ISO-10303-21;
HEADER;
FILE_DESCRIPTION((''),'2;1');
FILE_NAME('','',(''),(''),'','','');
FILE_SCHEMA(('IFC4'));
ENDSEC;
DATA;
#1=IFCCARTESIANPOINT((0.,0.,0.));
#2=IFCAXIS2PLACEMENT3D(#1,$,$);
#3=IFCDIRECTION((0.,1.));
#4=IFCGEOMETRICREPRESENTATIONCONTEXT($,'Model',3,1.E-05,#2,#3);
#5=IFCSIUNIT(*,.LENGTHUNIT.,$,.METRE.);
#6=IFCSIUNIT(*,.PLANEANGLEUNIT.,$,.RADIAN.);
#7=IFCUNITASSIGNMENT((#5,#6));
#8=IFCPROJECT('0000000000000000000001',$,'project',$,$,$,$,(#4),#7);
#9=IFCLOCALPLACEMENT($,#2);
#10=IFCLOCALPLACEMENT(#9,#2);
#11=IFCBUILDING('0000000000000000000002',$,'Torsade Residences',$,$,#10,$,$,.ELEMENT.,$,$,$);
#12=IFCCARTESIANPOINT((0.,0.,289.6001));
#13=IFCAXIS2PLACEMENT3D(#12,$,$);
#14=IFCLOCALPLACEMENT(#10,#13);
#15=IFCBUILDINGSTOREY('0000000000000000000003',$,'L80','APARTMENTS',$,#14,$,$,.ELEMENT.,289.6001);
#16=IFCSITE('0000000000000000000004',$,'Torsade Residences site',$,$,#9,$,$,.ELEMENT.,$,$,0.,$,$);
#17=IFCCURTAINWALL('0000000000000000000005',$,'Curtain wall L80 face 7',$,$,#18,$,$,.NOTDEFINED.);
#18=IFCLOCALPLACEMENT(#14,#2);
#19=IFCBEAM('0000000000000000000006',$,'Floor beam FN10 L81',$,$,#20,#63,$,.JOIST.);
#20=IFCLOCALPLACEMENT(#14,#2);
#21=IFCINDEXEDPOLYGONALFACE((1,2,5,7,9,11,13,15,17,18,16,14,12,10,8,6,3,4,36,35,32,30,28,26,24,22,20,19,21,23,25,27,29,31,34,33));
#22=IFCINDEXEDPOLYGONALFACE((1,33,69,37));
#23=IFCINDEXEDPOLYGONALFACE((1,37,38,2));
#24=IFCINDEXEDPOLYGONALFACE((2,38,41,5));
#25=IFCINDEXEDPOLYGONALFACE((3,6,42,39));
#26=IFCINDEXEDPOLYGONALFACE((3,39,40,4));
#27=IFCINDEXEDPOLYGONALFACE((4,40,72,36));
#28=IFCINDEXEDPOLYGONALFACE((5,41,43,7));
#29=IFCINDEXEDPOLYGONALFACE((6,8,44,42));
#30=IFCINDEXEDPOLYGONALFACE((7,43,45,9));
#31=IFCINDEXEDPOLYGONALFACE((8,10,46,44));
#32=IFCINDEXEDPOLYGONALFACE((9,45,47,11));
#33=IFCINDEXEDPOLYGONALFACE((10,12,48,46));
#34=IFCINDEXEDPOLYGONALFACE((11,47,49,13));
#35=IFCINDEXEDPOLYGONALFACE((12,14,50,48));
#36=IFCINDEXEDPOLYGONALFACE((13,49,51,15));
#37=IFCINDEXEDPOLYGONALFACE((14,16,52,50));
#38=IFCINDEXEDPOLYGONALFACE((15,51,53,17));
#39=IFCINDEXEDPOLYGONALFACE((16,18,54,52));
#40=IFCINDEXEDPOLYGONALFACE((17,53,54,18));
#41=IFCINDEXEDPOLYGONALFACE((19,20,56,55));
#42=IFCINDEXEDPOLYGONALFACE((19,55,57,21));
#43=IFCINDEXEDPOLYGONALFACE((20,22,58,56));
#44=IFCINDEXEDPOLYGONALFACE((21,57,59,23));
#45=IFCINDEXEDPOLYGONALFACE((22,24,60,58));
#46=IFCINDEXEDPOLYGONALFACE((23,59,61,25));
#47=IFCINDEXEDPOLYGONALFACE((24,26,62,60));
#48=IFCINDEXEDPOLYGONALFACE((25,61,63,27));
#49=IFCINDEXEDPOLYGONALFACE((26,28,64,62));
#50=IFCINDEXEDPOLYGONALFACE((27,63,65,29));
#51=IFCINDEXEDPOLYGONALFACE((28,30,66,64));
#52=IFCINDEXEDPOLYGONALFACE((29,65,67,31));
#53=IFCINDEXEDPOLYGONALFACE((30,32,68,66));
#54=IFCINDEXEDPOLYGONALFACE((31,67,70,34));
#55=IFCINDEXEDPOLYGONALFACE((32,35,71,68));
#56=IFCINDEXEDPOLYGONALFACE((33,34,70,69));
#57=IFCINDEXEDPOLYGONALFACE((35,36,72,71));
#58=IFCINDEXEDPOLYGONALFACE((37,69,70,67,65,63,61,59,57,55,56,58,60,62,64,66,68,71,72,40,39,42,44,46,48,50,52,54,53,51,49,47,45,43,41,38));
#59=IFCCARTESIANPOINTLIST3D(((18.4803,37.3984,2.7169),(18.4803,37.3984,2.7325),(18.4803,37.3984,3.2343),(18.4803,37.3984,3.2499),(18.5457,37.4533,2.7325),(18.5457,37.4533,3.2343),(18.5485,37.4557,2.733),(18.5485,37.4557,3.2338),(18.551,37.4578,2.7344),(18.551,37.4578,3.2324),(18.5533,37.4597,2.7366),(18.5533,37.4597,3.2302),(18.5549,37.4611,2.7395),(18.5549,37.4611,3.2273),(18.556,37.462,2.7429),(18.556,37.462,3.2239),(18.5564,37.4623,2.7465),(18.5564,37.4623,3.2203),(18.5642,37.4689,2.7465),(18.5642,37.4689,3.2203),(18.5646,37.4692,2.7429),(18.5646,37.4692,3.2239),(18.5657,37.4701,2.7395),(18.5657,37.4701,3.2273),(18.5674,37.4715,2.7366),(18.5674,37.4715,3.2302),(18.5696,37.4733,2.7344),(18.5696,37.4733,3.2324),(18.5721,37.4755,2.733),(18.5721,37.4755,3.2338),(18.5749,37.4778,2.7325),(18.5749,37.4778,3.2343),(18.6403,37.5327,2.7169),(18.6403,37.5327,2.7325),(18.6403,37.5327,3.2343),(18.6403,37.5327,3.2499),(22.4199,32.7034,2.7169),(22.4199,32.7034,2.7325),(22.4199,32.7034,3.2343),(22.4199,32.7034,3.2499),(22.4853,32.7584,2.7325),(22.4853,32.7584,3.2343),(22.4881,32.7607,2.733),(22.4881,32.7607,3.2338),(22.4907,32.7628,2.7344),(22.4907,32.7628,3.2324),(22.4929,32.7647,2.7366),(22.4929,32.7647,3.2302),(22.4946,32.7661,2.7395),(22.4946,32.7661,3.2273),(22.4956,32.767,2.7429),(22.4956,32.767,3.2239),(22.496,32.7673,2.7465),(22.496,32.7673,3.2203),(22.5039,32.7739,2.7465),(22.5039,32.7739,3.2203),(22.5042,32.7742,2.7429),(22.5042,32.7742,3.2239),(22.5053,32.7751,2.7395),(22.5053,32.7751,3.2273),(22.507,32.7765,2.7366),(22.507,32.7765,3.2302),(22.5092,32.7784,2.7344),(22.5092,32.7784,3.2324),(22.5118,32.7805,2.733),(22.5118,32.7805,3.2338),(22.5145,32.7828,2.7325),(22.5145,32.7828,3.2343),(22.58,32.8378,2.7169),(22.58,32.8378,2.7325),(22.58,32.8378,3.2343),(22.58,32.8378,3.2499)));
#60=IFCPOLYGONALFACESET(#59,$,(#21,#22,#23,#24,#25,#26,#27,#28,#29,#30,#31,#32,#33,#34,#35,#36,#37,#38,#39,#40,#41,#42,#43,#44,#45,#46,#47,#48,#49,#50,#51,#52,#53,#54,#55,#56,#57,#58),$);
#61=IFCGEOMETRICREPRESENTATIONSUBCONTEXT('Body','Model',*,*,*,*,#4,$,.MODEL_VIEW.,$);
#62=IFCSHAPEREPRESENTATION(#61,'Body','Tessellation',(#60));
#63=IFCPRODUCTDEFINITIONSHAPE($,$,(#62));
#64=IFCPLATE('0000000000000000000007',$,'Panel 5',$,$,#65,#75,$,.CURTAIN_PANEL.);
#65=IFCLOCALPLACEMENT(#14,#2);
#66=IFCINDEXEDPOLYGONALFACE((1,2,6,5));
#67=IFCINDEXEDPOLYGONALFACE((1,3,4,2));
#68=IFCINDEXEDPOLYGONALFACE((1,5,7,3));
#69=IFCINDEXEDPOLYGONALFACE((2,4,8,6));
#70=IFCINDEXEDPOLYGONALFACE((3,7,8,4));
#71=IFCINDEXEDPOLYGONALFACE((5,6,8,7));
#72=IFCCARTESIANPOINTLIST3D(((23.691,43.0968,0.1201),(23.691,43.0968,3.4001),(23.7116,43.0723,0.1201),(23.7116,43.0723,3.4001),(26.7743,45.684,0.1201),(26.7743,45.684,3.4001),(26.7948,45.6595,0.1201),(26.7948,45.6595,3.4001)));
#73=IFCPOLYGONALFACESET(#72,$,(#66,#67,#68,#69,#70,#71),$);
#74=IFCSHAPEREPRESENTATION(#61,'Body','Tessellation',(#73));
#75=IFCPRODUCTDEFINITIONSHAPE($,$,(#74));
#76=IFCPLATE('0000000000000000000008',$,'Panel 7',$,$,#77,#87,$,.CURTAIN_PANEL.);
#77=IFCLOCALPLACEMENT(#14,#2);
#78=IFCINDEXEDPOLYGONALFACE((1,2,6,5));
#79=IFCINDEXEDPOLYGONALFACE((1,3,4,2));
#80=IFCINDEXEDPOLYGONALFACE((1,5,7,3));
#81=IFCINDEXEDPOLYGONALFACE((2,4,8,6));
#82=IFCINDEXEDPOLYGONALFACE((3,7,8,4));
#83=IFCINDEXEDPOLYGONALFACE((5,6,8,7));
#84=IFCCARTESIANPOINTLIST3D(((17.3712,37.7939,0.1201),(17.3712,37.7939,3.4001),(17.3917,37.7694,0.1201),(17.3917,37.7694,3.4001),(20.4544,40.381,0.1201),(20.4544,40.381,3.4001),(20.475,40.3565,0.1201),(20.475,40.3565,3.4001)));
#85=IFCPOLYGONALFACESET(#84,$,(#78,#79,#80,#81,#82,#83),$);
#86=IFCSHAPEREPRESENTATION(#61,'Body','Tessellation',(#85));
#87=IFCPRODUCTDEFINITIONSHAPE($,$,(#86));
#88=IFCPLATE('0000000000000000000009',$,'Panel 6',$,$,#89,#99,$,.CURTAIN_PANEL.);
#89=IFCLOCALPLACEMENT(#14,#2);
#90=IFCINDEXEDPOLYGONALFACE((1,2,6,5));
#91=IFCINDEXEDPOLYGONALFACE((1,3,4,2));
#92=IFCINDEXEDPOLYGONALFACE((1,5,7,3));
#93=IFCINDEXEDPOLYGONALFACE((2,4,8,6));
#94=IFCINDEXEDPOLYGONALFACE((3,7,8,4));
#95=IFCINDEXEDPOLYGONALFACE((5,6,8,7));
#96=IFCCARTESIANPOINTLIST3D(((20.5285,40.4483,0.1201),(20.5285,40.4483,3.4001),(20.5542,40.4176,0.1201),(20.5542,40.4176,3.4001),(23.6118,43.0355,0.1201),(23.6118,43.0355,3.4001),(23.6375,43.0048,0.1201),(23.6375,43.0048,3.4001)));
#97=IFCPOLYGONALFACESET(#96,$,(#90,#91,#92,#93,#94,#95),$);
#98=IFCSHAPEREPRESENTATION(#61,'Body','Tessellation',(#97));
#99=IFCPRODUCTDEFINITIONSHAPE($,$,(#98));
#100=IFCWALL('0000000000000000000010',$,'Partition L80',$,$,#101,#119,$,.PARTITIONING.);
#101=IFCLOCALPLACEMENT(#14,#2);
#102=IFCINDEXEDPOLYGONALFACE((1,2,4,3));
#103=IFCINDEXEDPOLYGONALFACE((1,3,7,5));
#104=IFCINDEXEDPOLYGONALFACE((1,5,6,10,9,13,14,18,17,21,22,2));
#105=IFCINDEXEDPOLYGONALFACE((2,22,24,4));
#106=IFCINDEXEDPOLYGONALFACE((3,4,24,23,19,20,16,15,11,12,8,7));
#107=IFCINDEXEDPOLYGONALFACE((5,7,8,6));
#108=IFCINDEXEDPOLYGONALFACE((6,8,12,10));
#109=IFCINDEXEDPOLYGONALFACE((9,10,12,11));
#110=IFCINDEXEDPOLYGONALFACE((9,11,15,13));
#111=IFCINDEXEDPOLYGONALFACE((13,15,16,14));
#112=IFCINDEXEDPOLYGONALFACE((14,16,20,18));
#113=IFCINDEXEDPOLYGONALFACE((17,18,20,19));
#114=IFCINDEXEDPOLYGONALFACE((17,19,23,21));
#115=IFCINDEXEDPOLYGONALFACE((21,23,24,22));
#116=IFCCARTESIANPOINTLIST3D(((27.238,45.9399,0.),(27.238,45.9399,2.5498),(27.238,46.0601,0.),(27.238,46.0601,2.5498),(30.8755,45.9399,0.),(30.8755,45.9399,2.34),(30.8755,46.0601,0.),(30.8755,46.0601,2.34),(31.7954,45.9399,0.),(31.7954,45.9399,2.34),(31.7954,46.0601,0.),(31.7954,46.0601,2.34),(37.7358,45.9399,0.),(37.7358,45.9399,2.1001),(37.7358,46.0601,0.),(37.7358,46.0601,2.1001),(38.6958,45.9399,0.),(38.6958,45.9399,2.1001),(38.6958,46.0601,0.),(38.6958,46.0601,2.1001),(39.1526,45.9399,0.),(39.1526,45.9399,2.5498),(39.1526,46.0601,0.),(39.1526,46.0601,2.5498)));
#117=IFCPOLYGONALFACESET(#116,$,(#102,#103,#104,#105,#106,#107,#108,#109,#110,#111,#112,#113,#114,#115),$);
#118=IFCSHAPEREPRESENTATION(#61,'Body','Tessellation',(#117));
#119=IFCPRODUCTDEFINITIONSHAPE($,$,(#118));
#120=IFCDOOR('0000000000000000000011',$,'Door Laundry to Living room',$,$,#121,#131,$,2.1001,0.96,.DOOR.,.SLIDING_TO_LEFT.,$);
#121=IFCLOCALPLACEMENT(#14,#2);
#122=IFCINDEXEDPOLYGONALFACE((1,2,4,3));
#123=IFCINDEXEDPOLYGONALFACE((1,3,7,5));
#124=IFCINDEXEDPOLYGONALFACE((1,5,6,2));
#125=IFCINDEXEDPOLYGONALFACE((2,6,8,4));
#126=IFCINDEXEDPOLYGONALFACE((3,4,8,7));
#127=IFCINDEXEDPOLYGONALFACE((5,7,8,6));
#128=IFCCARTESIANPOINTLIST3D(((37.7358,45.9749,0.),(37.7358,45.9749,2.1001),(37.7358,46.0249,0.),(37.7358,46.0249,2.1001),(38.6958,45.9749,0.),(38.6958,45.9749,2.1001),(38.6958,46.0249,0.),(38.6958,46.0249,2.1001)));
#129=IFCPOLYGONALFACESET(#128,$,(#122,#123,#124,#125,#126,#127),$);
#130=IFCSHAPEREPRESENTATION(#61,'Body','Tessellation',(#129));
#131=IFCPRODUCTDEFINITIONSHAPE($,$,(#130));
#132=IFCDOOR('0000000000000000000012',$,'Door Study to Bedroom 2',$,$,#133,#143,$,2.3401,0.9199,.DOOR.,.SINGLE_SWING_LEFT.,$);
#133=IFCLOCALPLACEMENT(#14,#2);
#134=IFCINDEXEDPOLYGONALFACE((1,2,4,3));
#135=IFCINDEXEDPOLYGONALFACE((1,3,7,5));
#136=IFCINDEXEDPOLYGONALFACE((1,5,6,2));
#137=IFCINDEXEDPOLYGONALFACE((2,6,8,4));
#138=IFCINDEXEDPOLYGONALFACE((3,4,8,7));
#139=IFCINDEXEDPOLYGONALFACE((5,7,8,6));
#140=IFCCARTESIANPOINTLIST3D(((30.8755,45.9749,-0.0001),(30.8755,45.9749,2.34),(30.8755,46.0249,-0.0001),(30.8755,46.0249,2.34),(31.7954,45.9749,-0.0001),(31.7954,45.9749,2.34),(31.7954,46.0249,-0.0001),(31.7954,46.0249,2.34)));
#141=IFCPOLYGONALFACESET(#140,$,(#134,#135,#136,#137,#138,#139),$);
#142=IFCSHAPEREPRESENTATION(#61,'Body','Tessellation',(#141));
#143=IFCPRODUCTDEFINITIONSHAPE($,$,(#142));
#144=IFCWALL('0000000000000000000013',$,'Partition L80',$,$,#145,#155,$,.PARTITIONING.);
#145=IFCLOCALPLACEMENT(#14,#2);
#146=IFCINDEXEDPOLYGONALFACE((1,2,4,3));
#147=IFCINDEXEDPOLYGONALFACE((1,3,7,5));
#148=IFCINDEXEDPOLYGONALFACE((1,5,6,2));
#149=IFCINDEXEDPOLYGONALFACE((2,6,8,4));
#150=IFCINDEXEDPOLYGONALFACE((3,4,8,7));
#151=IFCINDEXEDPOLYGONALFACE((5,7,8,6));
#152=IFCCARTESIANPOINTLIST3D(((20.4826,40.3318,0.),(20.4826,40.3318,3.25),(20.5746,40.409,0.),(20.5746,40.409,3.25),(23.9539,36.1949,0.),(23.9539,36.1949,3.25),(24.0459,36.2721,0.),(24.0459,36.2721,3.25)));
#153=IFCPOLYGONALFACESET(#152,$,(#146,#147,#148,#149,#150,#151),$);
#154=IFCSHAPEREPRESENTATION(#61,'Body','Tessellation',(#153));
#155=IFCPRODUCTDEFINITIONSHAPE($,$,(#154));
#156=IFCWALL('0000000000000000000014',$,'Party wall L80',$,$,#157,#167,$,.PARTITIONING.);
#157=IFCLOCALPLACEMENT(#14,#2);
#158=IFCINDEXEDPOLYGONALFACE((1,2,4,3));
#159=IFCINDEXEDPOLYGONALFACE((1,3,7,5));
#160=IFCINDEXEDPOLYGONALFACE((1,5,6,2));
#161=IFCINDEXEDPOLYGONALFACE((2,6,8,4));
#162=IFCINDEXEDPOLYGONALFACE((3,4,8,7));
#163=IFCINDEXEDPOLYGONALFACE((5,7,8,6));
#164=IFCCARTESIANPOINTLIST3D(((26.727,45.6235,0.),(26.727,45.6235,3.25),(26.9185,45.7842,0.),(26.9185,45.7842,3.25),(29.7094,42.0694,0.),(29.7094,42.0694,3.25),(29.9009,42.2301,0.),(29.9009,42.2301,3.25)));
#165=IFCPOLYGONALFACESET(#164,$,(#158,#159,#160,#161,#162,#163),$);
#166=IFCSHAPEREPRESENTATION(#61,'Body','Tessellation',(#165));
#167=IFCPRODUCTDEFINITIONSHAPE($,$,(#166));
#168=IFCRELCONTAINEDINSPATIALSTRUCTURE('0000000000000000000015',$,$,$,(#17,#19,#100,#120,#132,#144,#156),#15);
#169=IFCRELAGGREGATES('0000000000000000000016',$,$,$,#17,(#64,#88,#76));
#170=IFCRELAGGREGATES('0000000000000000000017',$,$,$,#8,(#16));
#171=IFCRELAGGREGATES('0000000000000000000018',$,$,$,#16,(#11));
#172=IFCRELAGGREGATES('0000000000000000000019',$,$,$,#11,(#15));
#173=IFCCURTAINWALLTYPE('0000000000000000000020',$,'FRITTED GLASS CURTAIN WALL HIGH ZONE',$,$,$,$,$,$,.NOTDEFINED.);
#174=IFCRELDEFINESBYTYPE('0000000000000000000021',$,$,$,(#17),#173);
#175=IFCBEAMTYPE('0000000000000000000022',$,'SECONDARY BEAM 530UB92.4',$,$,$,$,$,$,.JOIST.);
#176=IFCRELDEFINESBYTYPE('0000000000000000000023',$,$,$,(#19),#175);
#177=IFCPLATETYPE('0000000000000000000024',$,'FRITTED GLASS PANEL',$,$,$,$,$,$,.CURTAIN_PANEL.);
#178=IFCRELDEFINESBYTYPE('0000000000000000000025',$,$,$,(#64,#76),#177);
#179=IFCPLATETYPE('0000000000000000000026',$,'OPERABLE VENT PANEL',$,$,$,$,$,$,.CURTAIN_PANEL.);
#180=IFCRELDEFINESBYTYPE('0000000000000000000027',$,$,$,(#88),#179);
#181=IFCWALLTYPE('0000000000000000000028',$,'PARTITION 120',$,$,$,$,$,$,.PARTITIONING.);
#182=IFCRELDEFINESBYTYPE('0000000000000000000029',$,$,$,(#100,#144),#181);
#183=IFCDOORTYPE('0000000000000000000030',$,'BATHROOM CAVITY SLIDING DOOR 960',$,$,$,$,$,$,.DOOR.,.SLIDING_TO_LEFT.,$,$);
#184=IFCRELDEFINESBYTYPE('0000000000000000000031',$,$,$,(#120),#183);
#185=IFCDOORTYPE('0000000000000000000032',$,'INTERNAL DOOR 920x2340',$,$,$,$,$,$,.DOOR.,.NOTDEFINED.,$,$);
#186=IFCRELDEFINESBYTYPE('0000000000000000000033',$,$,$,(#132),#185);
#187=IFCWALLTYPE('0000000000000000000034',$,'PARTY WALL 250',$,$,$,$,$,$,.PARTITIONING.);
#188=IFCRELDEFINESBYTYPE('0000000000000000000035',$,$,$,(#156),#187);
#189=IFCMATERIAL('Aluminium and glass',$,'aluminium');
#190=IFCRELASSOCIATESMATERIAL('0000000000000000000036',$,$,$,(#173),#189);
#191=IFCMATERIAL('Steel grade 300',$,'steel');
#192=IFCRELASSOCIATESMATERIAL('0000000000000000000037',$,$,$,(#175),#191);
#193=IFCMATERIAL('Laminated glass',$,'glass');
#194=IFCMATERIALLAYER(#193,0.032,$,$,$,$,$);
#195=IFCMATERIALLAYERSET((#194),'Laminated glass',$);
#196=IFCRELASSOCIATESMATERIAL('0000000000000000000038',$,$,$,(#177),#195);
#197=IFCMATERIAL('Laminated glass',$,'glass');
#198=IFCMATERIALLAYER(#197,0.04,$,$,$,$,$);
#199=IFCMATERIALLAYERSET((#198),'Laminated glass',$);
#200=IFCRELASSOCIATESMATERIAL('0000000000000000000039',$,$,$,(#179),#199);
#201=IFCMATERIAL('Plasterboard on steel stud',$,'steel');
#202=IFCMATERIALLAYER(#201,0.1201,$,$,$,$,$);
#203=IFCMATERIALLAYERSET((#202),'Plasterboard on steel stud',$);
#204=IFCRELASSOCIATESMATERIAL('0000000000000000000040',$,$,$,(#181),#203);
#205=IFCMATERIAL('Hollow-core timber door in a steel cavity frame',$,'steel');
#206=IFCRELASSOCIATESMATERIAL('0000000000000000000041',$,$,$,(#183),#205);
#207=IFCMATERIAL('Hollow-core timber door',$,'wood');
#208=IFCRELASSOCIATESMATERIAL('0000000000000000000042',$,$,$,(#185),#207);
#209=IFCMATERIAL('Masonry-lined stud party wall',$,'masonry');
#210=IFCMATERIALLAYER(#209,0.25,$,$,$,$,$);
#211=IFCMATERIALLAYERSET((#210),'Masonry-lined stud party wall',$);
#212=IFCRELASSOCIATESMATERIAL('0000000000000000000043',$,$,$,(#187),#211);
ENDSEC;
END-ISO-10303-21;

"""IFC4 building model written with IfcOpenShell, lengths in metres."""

from ifc_helpers import new_model, si_unit, direction, frame, frame_2d, origin, origin_2d, place, context, subcontext, project, spatial, rectangle, i_section, extrude, material, layer, layer_set, material_profile, profile_set, type_object, element, fill, aggregate, save


model = new_model("IFC4")

# Units and contexts
model_context = context("Model", 3, precision=1e-05, world=origin(), true_north=direction((0.0, 1.0)))
body_context = subcontext(model_context, "Body", "Model", "MODEL_VIEW")
ifc_project = project(units=[si_unit("LENGTHUNIT", "METRE"), si_unit("PLANEANGLEUNIT", "RADIAN")], contexts=[model_context])

# Site, building, storey
site_placement = place(None, origin())
site = spatial("IfcSite", under=ifc_project, at=site_placement, Name="Torsade Residences site", CompositionType="ELEMENT", RefElevation=0.0)
building_placement = place(site_placement, origin())
building = spatial("IfcBuilding", under=site, at=building_placement, Name="Torsade Residences", CompositionType="ELEMENT")
storey_placement = place(building_placement, frame((0.0, 0.0, 289.6001)))
storey = spatial("IfcBuildingStorey", under=building, at=storey_placement, Name="L80", Description="APARTMENTS", CompositionType="ELEMENT", Elevation=289.6001)

# Curtain wall
ifc_material_1 = material(Name="Aluminium and glass", Category="aluminium")
curtain_wall_type = type_object("IfcCurtainWallType", Name="FRITTED GLASS CURTAIN WALL HIGH ZONE", PredefinedType="NOTDEFINED", material=ifc_material_1)
curtain_wall_placement = place(storey_placement, origin())
curtain_wall = element("IfcCurtainWall", 1, at=curtain_wall_placement, inside=storey, type_object=curtain_wall_type, Name="Curtain wall L80 face 7", PredefinedType="NOTDEFINED")

# Beam
ifc_material_2 = material(Name="Steel grade 300", Category="steel")
ifc_material_profile_1 = material_profile(ifc_material_2, i_section(OverallWidth=0.209, OverallDepth=0.533, WebThickness=0.0103, FlangeThickness=0.0156, FilletRadius=0.0139, at=origin_2d()), Name="530UB92.4")
ifc_profile_set_1 = profile_set([ifc_material_profile_1], Name="Steel grade 300")
beam_type_1 = type_object("IfcBeamType", Name="SECONDARY BEAM 530UB92.4", PredefinedType="JOIST", material=ifc_profile_set_1)
beam_1_placement = place(storey_placement, frame((18.5603, 37.4656, 2.9834), z_axis=(0.642794, -0.766039, 0.0), x_axis=(0.766039, 0.642794, 0.0)))
element("IfcBeam", 2, at=beam_1_placement, inside=storey, type_object=beam_type_1, Name="Floor beam FN10 L81", PredefinedType="JOIST", context=body_context, shape_type="SweptSolid", body=[
    extrude(i_section(OverallWidth=0.209, OverallDepth=0.533, WebThickness=0.0103, FlangeThickness=0.0156, FilletRadius=0.0139, at=origin_2d()), origin(), (0.0, 0.0, 1.0), 6.1289),
])

# Plates
ifc_material_3 = material(Name="Laminated glass", Category="glass")
ifc_layer_1 = layer(ifc_material_3, 0.032)
ifc_layer_set_1 = layer_set([ifc_layer_1], Name="Laminated glass")
plate_type_1 = type_object("IfcPlateType", Name="FRITTED GLASS PANEL", PredefinedType="CURTAIN_PANEL", material=ifc_layer_set_1)
plate_1_placement = place(storey_placement, frame((25.2429, 44.3782, 0.1201), z_axis=(0.0, 0.0, 1.0), x_axis=(-0.766044, -0.642788, 0.0)))
plate_1 = element("IfcPlate", 3, at=plate_1_placement, type_object=plate_type_1, Name="Panel 5", PredefinedType="CURTAIN_PANEL", context=body_context, shape_type="SweptSolid", body=[
    extrude(rectangle(XDim=4.0249, YDim=0.032, at=origin_2d()), origin(), (0.0, 0.0, 1.0), 3.28),
])
plate_2_placement = place(storey_placement, frame((18.9231, 39.0752, 0.1201), z_axis=(0.0, 0.0, 1.0), x_axis=(-0.766044, -0.642788, 0.0)))
plate_2 = element("IfcPlate", 4, at=plate_2_placement, type_object=plate_type_1, Name="Panel 7", PredefinedType="CURTAIN_PANEL", context=body_context, shape_type="SweptSolid", body=[
    extrude(rectangle(XDim=4.0249, YDim=0.032, at=origin_2d()), origin(), (0.0, 0.0, 1.0), 3.28),
])
ifc_material_4 = material(Name="Laminated glass", Category="glass")
ifc_layer_2 = layer(ifc_material_4, 0.04)
ifc_layer_set_2 = layer_set([ifc_layer_2], Name="Laminated glass")
plate_type_2 = type_object("IfcPlateType", Name="OPERABLE VENT PANEL", PredefinedType="CURTAIN_PANEL", material=ifc_layer_set_2)
plate_3_placement = place(storey_placement, frame((22.083, 41.7266, 0.1201), z_axis=(0.0, 0.0, 1.0), x_axis=(-0.766044, -0.642788, 0.0)))
plate_3 = element("IfcPlate", 5, at=plate_3_placement, type_object=plate_type_2, Name="Panel 6", PredefinedType="CURTAIN_PANEL", context=body_context, shape_type="SweptSolid", body=[
    extrude(rectangle(XDim=4.0249, YDim=0.04, at=origin_2d()), origin(), (0.0, 0.0, 1.0), 3.28),
])
aggregate(curtain_wall, [plate_1, plate_3, plate_2])

# Wall, openings, doors
ifc_material_5 = material(Name="Plasterboard on steel stud", Category="steel")
ifc_layer_3 = layer(ifc_material_5, 0.1201)
ifc_layer_set_3 = layer_set([ifc_layer_3], Name="Plasterboard on steel stud")
wall_type_1 = type_object("IfcWallType", Name="PARTITION 120", PredefinedType="PARTITIONING", material=ifc_layer_set_3)
wall_1_placement = place(storey_placement, frame((27.238, 46.0, 0.0), z_axis=(0.0, 0.0, 1.0), x_axis=(1.0, 0.0, 0.0)))
wall_1 = element("IfcWall", 6, at=wall_1_placement, inside=storey, type_object=wall_type_1, Name="Partition L80", PredefinedType="PARTITIONING", context=body_context, shape_type="SweptSolid", body=[
    extrude(rectangle(XDim=11.9146, YDim=0.1201, at=frame_2d((5.9573, 0.0))), origin(), (0.0, 0.0, 1.0), 2.5498),
])
opening_1_placement = place(wall_1_placement, frame((3.6375, 0.0, 0.0)))
opening_1 = element("IfcOpeningElement", 7, at=opening_1_placement, cuts=wall_1, PredefinedType="OPENING", context=body_context, shape_type="SweptSolid", body=[
    extrude(rectangle(XDim=0.9199, YDim=2.3401, at=frame_2d((0.46, 1.1699))), frame((0.0, 0.0701, 0.0), z_axis=(0.0, -1.0, 0.0), x_axis=(1.0, 0.0, 0.0)), (0.0, 0.0, 1.0), 0.1401),
])
opening_2_placement = place(wall_1_placement, frame((10.4978, 0.0, 0.0)))
opening_2 = element("IfcOpeningElement", 8, at=opening_2_placement, cuts=wall_1, PredefinedType="OPENING", context=body_context, shape_type="SweptSolid", body=[
    extrude(rectangle(XDim=0.96, YDim=2.1001, at=frame_2d((0.48, 1.05))), frame((0.0, 0.0701, 0.0), z_axis=(0.0, -1.0, 0.0), x_axis=(1.0, 0.0, 0.0)), (0.0, 0.0, 1.0), 0.1401),
])
ifc_material_6 = material(Name="Hollow-core timber door in a steel cavity frame", Category="steel")
door_type_1 = type_object("IfcDoorType", Name="BATHROOM CAVITY SLIDING DOOR 960", OperationType="SLIDING_TO_LEFT", PredefinedType="DOOR", material=ifc_material_6)
door_1_placement = place(opening_2_placement, origin())
door_1 = element("IfcDoor", 9, at=door_1_placement, inside=storey, type_object=door_type_1, Name="Door Laundry to Living room", OperationType="SLIDING_TO_LEFT", OverallHeight=2.1001, OverallWidth=0.96, PredefinedType="DOOR", context=body_context, shape_type="SweptSolid", body=[
    extrude(rectangle(XDim=0.96, YDim=2.1001, at=frame_2d((0.48, 1.05))), frame((0.0, 0.0249, 0.0), z_axis=(0.0, -1.0, 0.0), x_axis=(1.0, 0.0, 0.0)), (0.0, 0.0, 1.0), 0.05),
])
fill(opening_2, door_1)
ifc_material_7 = material(Name="Hollow-core timber door", Category="wood")
door_type_2 = type_object("IfcDoorType", Name="INTERNAL DOOR 920x2340", OperationType="NOTDEFINED", PredefinedType="DOOR", material=ifc_material_7)
door_2_placement = place(opening_1_placement, origin())
door_2 = element("IfcDoor", 10, at=door_2_placement, inside=storey, type_object=door_type_2, Name="Door Study to Bedroom 2", OperationType="SINGLE_SWING_LEFT", OverallHeight=2.3401, OverallWidth=0.9199, PredefinedType="DOOR", context=body_context, shape_type="SweptSolid", body=[
    extrude(rectangle(XDim=0.9199, YDim=2.3401, at=frame_2d((0.46, 1.1699))), frame((0.0, 0.0249, 0.0), z_axis=(0.0, -1.0, 0.0), x_axis=(1.0, 0.0, 0.0)), (0.0, 0.0, 1.0), 0.05),
])
fill(opening_1, door_2)

# Walls
wall_2_placement = place(storey_placement, frame((20.5286, 40.3704, 0.0), z_axis=(0.0, 0.0, 1.0), x_axis=(0.6428, -0.766034, 0.0)))
element("IfcWall", 11, at=wall_2_placement, inside=storey, type_object=wall_type_1, Name="Partition L80", PredefinedType="PARTITIONING", context=body_context, shape_type="SweptSolid", body=[
    extrude(rectangle(XDim=5.4004, YDim=0.1201, at=frame_2d((2.7002, 0.0))), origin(), (0.0, 0.0, 1.0), 3.25),
])
ifc_material_8 = material(Name="Masonry-lined stud party wall", Category="masonry")
ifc_layer_4 = layer(ifc_material_8, 0.25)
ifc_layer_set_4 = layer_set([ifc_layer_4], Name="Masonry-lined stud party wall")
wall_type_2 = type_object("IfcWallType", Name="PARTY WALL 250", PredefinedType="PARTITIONING", material=ifc_layer_set_4)
wall_3_placement = place(storey_placement, frame((26.8228, 45.7039, 0.0), z_axis=(0.0, 0.0, 1.0), x_axis=(0.6428, -0.766034, 0.0)))
element("IfcWall", 12, at=wall_3_placement, inside=storey, type_object=wall_type_2, Name="Party wall L80", PredefinedType="PARTITIONING", context=body_context, shape_type="SweptSolid", body=[
    extrude(rectangle(XDim=4.6396, YDim=0.25, at=frame_2d((2.3198, 0.0))), origin(), (0.0, 0.0, 1.0), 3.25),
])

save(model, "model.ifc")
